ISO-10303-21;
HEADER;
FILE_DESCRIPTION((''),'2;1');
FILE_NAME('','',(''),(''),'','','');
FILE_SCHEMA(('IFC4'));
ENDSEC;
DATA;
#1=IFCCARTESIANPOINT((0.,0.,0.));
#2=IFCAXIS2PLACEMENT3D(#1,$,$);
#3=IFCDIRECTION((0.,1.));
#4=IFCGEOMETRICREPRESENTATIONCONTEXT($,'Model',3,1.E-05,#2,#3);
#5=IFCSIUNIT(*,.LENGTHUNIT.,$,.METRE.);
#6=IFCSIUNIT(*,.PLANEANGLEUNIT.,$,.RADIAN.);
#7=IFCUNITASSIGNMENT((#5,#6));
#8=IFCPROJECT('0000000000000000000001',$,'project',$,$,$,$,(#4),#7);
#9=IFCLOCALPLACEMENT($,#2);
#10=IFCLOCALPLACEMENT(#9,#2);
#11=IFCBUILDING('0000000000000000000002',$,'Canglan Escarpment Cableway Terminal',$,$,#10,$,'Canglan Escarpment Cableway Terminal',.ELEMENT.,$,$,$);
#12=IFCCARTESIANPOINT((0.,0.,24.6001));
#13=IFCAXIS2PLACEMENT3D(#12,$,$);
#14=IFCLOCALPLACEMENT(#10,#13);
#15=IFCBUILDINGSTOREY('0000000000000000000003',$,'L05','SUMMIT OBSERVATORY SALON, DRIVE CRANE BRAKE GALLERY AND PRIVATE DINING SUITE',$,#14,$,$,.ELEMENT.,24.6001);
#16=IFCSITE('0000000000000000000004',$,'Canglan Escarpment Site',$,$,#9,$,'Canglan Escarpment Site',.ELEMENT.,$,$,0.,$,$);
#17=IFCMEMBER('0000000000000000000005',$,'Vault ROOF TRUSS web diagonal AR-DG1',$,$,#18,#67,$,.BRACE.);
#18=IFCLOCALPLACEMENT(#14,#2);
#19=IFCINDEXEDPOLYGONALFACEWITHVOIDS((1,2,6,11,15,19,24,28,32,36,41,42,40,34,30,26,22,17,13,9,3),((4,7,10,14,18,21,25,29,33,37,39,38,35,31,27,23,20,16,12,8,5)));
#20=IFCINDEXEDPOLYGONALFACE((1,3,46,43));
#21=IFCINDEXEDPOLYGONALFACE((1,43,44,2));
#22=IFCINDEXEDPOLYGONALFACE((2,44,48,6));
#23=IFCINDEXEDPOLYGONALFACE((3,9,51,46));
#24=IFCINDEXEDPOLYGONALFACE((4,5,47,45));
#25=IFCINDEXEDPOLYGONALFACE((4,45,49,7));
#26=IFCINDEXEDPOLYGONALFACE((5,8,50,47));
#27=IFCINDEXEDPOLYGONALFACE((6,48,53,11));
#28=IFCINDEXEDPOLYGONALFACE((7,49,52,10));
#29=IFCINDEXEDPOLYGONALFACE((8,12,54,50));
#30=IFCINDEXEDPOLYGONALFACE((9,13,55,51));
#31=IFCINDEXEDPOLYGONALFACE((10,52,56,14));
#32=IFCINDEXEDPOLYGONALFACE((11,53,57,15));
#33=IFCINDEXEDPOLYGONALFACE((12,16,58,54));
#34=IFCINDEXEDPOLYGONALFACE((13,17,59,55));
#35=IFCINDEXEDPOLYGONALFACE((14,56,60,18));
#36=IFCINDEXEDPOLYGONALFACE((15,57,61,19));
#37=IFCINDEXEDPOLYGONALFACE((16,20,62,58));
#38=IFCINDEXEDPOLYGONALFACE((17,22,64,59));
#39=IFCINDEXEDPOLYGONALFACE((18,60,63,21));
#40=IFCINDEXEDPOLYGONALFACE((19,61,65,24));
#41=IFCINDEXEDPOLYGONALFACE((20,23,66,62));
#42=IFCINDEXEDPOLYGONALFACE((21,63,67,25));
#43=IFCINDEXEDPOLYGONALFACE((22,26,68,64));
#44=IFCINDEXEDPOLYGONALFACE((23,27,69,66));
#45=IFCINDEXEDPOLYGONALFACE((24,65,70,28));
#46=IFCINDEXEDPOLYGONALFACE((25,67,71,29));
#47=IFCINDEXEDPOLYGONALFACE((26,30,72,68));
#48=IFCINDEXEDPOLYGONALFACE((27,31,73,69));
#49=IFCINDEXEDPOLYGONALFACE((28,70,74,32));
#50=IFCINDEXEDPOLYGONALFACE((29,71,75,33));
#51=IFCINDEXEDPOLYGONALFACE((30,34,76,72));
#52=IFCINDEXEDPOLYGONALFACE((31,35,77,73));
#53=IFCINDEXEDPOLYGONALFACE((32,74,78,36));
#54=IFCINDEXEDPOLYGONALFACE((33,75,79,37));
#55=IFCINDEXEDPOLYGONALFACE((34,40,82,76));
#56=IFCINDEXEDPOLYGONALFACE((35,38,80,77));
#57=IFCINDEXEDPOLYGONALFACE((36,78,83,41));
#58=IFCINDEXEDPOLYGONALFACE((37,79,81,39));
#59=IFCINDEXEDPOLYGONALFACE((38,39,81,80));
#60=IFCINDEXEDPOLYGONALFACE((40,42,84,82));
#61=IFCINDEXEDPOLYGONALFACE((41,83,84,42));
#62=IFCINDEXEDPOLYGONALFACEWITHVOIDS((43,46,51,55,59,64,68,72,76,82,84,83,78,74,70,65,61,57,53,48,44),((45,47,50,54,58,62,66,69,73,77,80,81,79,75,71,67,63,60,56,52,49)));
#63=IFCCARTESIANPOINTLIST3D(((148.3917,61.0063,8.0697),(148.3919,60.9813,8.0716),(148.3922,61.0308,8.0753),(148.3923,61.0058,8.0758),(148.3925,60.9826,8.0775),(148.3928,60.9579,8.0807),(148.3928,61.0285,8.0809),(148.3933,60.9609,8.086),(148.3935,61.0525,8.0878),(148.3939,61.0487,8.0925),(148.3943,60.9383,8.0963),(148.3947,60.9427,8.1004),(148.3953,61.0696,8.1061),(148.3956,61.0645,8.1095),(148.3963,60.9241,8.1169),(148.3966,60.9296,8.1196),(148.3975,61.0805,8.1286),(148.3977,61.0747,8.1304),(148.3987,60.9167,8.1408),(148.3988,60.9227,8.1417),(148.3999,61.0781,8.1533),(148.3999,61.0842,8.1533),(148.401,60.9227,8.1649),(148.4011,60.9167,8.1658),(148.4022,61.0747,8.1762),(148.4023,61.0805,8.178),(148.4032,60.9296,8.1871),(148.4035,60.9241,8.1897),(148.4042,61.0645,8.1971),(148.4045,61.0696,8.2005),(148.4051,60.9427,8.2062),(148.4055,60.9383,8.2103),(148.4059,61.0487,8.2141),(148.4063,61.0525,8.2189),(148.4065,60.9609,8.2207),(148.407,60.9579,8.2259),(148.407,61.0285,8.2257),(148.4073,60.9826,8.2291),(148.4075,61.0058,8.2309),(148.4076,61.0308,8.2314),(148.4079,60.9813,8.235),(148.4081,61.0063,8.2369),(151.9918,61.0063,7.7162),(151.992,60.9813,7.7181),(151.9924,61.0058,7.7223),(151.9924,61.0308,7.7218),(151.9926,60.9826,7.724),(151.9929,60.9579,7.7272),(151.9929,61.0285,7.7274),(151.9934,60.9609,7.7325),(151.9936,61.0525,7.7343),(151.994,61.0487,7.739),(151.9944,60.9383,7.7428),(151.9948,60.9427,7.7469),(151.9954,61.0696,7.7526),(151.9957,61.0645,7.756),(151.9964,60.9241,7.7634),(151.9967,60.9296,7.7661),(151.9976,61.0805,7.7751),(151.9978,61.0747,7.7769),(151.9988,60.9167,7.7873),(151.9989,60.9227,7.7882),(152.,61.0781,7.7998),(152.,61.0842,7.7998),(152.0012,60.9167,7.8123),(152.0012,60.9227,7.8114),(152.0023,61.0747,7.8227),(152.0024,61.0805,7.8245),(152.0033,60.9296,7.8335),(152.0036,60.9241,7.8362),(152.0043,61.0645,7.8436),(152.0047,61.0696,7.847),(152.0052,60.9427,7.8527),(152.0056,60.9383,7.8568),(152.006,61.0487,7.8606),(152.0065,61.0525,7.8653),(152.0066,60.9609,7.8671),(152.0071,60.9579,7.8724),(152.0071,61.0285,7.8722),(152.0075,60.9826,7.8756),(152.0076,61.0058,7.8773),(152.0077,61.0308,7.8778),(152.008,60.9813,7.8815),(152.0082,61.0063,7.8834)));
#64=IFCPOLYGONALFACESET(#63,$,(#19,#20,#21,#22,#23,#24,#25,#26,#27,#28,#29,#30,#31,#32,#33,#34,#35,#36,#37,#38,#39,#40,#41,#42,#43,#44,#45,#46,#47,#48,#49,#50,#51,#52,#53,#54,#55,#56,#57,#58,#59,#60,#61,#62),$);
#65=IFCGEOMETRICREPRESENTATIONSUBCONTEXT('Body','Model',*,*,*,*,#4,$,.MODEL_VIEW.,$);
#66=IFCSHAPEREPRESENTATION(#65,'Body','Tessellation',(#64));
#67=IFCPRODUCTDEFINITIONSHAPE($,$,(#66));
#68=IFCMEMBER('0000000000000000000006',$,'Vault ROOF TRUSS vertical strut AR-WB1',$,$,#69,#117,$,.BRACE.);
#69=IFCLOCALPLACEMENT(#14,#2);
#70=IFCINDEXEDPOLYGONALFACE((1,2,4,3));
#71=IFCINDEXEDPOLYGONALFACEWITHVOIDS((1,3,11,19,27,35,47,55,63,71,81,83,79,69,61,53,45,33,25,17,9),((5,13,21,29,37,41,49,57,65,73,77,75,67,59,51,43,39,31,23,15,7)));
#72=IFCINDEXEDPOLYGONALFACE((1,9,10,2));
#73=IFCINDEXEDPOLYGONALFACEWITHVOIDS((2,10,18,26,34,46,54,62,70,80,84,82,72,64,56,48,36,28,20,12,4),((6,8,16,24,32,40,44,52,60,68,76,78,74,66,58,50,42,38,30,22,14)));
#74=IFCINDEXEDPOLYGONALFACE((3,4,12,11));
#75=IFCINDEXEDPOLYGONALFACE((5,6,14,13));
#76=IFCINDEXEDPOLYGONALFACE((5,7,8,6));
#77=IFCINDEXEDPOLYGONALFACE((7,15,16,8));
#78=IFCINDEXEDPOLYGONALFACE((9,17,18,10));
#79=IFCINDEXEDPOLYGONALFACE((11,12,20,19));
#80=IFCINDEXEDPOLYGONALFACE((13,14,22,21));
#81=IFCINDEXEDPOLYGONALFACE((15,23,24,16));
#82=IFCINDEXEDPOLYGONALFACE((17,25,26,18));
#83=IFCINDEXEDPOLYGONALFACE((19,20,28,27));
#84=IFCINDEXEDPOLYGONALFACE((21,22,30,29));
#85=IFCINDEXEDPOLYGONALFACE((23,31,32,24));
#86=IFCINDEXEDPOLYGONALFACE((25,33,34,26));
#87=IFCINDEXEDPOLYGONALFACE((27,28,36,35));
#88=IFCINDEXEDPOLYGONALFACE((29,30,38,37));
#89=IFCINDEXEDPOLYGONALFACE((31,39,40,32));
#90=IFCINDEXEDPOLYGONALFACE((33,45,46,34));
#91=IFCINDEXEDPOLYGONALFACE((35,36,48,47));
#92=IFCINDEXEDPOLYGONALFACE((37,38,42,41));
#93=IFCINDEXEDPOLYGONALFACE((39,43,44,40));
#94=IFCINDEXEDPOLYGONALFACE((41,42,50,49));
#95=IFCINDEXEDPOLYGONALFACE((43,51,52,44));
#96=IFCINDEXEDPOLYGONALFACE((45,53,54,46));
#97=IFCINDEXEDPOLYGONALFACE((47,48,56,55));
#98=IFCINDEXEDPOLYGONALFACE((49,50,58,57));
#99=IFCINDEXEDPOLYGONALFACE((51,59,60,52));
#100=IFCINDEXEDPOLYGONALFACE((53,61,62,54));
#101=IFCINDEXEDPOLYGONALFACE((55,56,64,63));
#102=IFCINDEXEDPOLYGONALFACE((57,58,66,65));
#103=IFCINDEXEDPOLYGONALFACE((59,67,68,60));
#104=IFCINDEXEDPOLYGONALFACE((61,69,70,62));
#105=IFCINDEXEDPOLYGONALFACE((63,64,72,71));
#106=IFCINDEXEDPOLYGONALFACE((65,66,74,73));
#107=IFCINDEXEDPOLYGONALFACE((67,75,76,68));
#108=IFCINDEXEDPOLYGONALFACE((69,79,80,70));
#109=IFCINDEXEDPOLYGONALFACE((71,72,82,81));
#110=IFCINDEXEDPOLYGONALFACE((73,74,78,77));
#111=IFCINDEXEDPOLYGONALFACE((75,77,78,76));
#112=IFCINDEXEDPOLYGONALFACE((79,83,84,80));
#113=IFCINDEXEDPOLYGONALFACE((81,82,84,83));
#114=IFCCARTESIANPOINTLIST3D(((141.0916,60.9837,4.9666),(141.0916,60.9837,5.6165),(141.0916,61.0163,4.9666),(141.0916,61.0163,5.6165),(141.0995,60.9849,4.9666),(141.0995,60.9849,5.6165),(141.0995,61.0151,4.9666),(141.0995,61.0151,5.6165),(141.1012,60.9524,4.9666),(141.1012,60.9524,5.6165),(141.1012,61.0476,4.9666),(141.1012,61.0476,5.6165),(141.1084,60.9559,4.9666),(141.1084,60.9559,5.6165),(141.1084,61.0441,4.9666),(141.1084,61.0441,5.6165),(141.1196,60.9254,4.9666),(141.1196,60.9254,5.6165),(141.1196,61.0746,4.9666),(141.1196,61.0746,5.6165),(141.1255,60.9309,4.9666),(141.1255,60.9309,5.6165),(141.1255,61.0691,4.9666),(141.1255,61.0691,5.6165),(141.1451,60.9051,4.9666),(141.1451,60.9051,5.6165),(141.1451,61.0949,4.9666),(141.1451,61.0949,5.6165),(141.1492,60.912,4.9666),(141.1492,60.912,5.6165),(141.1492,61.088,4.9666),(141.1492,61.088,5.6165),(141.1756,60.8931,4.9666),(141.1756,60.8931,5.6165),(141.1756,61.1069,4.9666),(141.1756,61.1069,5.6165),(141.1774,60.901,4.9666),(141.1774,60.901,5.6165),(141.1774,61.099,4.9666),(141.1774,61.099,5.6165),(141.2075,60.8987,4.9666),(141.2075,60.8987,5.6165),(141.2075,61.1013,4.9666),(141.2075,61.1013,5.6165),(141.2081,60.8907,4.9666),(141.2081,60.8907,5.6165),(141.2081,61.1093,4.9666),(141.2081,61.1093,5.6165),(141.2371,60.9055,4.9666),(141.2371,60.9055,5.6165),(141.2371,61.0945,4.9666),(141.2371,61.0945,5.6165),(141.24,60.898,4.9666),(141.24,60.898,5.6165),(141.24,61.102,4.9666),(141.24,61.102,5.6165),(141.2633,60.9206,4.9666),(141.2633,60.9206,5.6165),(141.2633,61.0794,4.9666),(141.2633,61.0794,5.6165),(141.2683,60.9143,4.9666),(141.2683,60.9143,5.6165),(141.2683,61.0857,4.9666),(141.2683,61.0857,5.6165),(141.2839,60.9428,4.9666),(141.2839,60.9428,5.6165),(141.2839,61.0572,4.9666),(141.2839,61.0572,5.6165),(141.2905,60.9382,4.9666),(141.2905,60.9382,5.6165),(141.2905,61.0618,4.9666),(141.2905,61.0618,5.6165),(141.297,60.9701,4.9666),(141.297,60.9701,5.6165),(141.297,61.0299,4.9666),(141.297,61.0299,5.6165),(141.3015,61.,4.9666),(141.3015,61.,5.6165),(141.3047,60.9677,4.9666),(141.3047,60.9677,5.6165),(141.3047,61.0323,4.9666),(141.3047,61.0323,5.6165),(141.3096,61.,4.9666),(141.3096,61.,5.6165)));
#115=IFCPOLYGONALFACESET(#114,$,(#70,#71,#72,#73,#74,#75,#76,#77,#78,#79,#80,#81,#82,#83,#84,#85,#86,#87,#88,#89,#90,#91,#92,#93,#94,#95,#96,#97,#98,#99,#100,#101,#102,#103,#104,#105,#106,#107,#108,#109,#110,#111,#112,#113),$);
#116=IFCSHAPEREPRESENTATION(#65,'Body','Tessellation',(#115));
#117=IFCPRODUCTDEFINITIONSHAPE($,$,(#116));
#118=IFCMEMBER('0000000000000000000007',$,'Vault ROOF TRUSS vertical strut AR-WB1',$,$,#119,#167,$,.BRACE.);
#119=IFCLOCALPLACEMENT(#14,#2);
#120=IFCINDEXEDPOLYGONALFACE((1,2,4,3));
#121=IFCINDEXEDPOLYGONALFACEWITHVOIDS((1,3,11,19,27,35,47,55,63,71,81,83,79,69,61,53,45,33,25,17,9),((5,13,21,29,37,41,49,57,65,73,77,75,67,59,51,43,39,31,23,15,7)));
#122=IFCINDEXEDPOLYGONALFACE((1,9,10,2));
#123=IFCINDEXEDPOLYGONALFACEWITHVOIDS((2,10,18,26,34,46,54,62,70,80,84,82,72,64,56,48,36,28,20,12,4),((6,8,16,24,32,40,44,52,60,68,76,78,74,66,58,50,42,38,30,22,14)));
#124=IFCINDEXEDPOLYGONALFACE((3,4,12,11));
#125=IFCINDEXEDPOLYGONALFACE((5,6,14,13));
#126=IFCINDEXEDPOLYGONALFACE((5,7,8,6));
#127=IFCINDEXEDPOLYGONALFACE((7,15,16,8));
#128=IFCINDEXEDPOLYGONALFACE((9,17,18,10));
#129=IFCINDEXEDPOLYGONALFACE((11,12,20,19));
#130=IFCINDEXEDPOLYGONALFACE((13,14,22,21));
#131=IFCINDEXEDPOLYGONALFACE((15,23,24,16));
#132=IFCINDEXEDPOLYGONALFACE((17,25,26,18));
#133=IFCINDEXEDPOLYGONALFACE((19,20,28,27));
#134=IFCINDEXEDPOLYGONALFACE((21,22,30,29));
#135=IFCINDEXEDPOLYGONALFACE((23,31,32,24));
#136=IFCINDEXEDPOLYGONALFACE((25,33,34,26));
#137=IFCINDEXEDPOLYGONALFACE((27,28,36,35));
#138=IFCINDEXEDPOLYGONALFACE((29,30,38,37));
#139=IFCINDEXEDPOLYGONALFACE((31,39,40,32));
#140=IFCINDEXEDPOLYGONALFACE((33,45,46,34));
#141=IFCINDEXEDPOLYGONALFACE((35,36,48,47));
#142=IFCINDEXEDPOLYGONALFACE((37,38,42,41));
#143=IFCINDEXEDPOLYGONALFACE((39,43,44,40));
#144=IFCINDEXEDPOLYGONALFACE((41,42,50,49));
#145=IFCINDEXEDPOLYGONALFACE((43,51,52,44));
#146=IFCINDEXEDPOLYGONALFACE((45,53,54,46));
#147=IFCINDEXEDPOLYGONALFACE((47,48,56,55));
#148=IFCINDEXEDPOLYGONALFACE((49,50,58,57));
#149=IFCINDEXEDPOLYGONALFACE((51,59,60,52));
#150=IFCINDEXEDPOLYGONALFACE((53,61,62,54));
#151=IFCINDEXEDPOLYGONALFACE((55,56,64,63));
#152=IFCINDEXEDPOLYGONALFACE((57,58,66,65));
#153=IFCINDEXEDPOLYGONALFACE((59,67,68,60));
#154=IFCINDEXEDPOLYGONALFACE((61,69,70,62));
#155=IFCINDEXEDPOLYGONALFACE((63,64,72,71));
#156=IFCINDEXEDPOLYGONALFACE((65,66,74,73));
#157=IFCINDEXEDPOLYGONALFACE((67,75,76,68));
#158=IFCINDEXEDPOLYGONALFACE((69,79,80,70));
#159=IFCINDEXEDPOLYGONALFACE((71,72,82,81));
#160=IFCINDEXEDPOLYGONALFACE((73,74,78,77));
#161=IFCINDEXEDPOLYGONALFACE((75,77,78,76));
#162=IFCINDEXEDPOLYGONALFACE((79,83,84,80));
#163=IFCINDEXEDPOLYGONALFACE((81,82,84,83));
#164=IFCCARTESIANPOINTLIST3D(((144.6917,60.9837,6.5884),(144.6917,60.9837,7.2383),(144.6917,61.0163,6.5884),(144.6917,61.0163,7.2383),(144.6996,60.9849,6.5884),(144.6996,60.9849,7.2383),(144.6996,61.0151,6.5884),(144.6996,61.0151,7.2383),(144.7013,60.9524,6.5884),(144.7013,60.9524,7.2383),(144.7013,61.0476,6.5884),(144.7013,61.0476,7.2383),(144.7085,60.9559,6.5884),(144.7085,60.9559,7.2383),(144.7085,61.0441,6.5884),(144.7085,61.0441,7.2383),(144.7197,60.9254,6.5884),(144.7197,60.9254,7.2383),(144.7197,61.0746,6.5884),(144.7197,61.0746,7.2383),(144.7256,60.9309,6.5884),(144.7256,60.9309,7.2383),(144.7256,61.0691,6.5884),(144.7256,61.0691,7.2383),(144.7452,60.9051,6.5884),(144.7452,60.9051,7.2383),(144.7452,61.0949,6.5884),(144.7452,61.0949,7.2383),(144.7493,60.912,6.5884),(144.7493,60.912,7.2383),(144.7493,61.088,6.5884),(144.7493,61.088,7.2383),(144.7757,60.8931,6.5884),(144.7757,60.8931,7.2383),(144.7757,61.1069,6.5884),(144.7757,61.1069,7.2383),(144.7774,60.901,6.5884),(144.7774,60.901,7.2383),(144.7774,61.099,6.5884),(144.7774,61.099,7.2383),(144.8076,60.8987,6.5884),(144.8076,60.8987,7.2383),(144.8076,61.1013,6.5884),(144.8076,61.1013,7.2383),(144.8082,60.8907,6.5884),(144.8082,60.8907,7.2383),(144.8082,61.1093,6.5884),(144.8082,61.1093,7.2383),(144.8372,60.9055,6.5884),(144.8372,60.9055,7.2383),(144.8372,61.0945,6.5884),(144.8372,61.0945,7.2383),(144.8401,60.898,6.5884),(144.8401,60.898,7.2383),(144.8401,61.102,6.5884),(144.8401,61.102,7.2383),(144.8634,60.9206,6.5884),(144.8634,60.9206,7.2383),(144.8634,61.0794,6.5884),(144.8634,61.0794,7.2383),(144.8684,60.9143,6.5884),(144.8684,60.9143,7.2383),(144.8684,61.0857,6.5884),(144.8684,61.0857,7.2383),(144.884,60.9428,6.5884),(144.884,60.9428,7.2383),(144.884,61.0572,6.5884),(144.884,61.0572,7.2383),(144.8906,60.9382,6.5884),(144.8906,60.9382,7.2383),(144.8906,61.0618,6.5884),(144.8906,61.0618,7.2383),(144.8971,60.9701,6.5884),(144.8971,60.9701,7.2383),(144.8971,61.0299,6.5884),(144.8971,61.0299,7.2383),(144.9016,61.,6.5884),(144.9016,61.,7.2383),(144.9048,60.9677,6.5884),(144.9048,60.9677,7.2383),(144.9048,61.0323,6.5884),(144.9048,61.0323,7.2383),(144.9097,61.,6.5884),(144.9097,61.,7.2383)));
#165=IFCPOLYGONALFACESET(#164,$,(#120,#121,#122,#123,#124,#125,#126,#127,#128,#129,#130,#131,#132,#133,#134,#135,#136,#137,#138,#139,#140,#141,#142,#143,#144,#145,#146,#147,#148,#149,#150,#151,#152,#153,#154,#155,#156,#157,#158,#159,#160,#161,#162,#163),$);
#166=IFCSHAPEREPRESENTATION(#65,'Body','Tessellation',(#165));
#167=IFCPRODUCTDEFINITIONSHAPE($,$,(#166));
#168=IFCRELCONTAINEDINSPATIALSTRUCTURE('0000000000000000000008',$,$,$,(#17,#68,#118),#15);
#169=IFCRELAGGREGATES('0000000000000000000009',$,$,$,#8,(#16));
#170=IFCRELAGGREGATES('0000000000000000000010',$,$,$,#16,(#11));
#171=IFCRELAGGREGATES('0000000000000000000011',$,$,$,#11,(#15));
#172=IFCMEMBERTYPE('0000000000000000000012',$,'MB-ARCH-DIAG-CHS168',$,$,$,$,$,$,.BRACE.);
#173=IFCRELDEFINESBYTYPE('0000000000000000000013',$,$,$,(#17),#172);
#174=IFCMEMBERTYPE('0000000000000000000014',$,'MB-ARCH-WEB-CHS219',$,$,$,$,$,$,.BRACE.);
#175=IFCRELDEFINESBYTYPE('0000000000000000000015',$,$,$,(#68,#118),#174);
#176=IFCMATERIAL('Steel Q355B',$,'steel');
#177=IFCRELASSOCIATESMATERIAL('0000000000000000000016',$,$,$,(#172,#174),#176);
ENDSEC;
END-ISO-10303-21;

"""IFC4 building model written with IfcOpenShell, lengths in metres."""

from ifc_helpers import new_model, si_unit, direction, frame, origin, origin_2d, place, context, subcontext, project, spatial, hollow_circle, extrude, material, material_profile, profile_set, type_object, element, save


model = new_model("IFC4")

# Units and contexts
model_context = context("Model", 3, precision=1e-05, world=origin(), true_north=direction((0.0, 1.0)))
body_context = subcontext(model_context, "Body", "Model", "MODEL_VIEW")
ifc_project = project(units=[si_unit("LENGTHUNIT", "METRE"), si_unit("PLANEANGLEUNIT", "RADIAN")], contexts=[model_context])

# Site, building, storey
site_placement = place(None, origin())
site = spatial("IfcSite", under=ifc_project, at=site_placement, Name="Canglan Escarpment Site", LongName="Canglan Escarpment Site", CompositionType="ELEMENT", RefElevation=0.0)
building_placement = place(site_placement, origin())
building = spatial("IfcBuilding", under=site, at=building_placement, Name="Canglan Escarpment Cableway Terminal", LongName="Canglan Escarpment Cableway Terminal", CompositionType="ELEMENT")
storey_placement = place(building_placement, frame((0.0, 0.0, 24.6001)))
storey = spatial("IfcBuildingStorey", under=building, at=storey_placement, Name="L05", Description="SUMMIT OBSERVATORY SALON, DRIVE CRANE BRAKE GALLERY AND PRIVATE DINING SUITE", CompositionType="ELEMENT", Elevation=24.6001)

# Shared definitions
ifc_material_1 = material(Name="Steel Q355B", Category="steel")

# Members
ifc_material_profile_1 = material_profile(ifc_material_1, hollow_circle(Radius=0.0842, WallThickness=0.0061, at=origin_2d()), Name="CHS 168.3x6")
ifc_profile_set_1 = profile_set([ifc_material_profile_1], Name="Steel Q355B")
member_type_1 = type_object("IfcMemberType", Name="MB-ARCH-DIAG-CHS168", PredefinedType="BRACE", material=ifc_profile_set_1)
member_1_placement = place(storey_placement, frame((148.3999, 61.0, 8.1533), z_axis=(0.995213, 0.0, -0.097726), x_axis=(0.0, 1.0, 0.0)))
element("IfcMember", 1, at=member_1_placement, inside=storey, type_object=member_type_1, Name="Vault ROOF TRUSS web diagonal AR-DG1", PredefinedType="BRACE", context=body_context, shape_type="SweptSolid", body=[
    extrude(hollow_circle(Radius=0.0842, WallThickness=0.0061, at=origin_2d()), origin(), (0.0, 0.0, 1.0), 3.6174),
])
ifc_material_profile_2 = material_profile(ifc_material_1, hollow_circle(Radius=0.1096, WallThickness=0.0081, at=origin_2d()), Name="CHS 219.1x8")
ifc_profile_set_2 = profile_set([ifc_material_profile_2], Name="Steel Q355B")
member_type_2 = type_object("IfcMemberType", Name="MB-ARCH-WEB-CHS219", PredefinedType="BRACE", material=ifc_profile_set_2)
for number, where, z_axis, x_axis, name in (
    (2, (141.2, 61.0, 4.9666), (0.0, 0.0, 1.0), (1.0, 0.0, 0.0), "Vault ROOF TRUSS vertical strut AR-WB1"),
    (3, (144.8, 61.0, 6.5884), (0.0, 0.0, 1.0), (1.0, 0.0, 0.0), "Vault ROOF TRUSS vertical strut AR-WB1"),
):
    element("IfcMember", number, at=place(storey_placement, frame(where, z_axis=z_axis, x_axis=x_axis)), inside=storey, type_object=member_type_2, Name=name, PredefinedType="BRACE", context=body_context, shape_type="SweptSolid", body=[
        extrude(hollow_circle(Radius=0.1096, WallThickness=0.0081, at=origin_2d()), origin(), (0.0, 0.0, 1.0), 0.6499),
    ])

save(model, "model.ifc")
